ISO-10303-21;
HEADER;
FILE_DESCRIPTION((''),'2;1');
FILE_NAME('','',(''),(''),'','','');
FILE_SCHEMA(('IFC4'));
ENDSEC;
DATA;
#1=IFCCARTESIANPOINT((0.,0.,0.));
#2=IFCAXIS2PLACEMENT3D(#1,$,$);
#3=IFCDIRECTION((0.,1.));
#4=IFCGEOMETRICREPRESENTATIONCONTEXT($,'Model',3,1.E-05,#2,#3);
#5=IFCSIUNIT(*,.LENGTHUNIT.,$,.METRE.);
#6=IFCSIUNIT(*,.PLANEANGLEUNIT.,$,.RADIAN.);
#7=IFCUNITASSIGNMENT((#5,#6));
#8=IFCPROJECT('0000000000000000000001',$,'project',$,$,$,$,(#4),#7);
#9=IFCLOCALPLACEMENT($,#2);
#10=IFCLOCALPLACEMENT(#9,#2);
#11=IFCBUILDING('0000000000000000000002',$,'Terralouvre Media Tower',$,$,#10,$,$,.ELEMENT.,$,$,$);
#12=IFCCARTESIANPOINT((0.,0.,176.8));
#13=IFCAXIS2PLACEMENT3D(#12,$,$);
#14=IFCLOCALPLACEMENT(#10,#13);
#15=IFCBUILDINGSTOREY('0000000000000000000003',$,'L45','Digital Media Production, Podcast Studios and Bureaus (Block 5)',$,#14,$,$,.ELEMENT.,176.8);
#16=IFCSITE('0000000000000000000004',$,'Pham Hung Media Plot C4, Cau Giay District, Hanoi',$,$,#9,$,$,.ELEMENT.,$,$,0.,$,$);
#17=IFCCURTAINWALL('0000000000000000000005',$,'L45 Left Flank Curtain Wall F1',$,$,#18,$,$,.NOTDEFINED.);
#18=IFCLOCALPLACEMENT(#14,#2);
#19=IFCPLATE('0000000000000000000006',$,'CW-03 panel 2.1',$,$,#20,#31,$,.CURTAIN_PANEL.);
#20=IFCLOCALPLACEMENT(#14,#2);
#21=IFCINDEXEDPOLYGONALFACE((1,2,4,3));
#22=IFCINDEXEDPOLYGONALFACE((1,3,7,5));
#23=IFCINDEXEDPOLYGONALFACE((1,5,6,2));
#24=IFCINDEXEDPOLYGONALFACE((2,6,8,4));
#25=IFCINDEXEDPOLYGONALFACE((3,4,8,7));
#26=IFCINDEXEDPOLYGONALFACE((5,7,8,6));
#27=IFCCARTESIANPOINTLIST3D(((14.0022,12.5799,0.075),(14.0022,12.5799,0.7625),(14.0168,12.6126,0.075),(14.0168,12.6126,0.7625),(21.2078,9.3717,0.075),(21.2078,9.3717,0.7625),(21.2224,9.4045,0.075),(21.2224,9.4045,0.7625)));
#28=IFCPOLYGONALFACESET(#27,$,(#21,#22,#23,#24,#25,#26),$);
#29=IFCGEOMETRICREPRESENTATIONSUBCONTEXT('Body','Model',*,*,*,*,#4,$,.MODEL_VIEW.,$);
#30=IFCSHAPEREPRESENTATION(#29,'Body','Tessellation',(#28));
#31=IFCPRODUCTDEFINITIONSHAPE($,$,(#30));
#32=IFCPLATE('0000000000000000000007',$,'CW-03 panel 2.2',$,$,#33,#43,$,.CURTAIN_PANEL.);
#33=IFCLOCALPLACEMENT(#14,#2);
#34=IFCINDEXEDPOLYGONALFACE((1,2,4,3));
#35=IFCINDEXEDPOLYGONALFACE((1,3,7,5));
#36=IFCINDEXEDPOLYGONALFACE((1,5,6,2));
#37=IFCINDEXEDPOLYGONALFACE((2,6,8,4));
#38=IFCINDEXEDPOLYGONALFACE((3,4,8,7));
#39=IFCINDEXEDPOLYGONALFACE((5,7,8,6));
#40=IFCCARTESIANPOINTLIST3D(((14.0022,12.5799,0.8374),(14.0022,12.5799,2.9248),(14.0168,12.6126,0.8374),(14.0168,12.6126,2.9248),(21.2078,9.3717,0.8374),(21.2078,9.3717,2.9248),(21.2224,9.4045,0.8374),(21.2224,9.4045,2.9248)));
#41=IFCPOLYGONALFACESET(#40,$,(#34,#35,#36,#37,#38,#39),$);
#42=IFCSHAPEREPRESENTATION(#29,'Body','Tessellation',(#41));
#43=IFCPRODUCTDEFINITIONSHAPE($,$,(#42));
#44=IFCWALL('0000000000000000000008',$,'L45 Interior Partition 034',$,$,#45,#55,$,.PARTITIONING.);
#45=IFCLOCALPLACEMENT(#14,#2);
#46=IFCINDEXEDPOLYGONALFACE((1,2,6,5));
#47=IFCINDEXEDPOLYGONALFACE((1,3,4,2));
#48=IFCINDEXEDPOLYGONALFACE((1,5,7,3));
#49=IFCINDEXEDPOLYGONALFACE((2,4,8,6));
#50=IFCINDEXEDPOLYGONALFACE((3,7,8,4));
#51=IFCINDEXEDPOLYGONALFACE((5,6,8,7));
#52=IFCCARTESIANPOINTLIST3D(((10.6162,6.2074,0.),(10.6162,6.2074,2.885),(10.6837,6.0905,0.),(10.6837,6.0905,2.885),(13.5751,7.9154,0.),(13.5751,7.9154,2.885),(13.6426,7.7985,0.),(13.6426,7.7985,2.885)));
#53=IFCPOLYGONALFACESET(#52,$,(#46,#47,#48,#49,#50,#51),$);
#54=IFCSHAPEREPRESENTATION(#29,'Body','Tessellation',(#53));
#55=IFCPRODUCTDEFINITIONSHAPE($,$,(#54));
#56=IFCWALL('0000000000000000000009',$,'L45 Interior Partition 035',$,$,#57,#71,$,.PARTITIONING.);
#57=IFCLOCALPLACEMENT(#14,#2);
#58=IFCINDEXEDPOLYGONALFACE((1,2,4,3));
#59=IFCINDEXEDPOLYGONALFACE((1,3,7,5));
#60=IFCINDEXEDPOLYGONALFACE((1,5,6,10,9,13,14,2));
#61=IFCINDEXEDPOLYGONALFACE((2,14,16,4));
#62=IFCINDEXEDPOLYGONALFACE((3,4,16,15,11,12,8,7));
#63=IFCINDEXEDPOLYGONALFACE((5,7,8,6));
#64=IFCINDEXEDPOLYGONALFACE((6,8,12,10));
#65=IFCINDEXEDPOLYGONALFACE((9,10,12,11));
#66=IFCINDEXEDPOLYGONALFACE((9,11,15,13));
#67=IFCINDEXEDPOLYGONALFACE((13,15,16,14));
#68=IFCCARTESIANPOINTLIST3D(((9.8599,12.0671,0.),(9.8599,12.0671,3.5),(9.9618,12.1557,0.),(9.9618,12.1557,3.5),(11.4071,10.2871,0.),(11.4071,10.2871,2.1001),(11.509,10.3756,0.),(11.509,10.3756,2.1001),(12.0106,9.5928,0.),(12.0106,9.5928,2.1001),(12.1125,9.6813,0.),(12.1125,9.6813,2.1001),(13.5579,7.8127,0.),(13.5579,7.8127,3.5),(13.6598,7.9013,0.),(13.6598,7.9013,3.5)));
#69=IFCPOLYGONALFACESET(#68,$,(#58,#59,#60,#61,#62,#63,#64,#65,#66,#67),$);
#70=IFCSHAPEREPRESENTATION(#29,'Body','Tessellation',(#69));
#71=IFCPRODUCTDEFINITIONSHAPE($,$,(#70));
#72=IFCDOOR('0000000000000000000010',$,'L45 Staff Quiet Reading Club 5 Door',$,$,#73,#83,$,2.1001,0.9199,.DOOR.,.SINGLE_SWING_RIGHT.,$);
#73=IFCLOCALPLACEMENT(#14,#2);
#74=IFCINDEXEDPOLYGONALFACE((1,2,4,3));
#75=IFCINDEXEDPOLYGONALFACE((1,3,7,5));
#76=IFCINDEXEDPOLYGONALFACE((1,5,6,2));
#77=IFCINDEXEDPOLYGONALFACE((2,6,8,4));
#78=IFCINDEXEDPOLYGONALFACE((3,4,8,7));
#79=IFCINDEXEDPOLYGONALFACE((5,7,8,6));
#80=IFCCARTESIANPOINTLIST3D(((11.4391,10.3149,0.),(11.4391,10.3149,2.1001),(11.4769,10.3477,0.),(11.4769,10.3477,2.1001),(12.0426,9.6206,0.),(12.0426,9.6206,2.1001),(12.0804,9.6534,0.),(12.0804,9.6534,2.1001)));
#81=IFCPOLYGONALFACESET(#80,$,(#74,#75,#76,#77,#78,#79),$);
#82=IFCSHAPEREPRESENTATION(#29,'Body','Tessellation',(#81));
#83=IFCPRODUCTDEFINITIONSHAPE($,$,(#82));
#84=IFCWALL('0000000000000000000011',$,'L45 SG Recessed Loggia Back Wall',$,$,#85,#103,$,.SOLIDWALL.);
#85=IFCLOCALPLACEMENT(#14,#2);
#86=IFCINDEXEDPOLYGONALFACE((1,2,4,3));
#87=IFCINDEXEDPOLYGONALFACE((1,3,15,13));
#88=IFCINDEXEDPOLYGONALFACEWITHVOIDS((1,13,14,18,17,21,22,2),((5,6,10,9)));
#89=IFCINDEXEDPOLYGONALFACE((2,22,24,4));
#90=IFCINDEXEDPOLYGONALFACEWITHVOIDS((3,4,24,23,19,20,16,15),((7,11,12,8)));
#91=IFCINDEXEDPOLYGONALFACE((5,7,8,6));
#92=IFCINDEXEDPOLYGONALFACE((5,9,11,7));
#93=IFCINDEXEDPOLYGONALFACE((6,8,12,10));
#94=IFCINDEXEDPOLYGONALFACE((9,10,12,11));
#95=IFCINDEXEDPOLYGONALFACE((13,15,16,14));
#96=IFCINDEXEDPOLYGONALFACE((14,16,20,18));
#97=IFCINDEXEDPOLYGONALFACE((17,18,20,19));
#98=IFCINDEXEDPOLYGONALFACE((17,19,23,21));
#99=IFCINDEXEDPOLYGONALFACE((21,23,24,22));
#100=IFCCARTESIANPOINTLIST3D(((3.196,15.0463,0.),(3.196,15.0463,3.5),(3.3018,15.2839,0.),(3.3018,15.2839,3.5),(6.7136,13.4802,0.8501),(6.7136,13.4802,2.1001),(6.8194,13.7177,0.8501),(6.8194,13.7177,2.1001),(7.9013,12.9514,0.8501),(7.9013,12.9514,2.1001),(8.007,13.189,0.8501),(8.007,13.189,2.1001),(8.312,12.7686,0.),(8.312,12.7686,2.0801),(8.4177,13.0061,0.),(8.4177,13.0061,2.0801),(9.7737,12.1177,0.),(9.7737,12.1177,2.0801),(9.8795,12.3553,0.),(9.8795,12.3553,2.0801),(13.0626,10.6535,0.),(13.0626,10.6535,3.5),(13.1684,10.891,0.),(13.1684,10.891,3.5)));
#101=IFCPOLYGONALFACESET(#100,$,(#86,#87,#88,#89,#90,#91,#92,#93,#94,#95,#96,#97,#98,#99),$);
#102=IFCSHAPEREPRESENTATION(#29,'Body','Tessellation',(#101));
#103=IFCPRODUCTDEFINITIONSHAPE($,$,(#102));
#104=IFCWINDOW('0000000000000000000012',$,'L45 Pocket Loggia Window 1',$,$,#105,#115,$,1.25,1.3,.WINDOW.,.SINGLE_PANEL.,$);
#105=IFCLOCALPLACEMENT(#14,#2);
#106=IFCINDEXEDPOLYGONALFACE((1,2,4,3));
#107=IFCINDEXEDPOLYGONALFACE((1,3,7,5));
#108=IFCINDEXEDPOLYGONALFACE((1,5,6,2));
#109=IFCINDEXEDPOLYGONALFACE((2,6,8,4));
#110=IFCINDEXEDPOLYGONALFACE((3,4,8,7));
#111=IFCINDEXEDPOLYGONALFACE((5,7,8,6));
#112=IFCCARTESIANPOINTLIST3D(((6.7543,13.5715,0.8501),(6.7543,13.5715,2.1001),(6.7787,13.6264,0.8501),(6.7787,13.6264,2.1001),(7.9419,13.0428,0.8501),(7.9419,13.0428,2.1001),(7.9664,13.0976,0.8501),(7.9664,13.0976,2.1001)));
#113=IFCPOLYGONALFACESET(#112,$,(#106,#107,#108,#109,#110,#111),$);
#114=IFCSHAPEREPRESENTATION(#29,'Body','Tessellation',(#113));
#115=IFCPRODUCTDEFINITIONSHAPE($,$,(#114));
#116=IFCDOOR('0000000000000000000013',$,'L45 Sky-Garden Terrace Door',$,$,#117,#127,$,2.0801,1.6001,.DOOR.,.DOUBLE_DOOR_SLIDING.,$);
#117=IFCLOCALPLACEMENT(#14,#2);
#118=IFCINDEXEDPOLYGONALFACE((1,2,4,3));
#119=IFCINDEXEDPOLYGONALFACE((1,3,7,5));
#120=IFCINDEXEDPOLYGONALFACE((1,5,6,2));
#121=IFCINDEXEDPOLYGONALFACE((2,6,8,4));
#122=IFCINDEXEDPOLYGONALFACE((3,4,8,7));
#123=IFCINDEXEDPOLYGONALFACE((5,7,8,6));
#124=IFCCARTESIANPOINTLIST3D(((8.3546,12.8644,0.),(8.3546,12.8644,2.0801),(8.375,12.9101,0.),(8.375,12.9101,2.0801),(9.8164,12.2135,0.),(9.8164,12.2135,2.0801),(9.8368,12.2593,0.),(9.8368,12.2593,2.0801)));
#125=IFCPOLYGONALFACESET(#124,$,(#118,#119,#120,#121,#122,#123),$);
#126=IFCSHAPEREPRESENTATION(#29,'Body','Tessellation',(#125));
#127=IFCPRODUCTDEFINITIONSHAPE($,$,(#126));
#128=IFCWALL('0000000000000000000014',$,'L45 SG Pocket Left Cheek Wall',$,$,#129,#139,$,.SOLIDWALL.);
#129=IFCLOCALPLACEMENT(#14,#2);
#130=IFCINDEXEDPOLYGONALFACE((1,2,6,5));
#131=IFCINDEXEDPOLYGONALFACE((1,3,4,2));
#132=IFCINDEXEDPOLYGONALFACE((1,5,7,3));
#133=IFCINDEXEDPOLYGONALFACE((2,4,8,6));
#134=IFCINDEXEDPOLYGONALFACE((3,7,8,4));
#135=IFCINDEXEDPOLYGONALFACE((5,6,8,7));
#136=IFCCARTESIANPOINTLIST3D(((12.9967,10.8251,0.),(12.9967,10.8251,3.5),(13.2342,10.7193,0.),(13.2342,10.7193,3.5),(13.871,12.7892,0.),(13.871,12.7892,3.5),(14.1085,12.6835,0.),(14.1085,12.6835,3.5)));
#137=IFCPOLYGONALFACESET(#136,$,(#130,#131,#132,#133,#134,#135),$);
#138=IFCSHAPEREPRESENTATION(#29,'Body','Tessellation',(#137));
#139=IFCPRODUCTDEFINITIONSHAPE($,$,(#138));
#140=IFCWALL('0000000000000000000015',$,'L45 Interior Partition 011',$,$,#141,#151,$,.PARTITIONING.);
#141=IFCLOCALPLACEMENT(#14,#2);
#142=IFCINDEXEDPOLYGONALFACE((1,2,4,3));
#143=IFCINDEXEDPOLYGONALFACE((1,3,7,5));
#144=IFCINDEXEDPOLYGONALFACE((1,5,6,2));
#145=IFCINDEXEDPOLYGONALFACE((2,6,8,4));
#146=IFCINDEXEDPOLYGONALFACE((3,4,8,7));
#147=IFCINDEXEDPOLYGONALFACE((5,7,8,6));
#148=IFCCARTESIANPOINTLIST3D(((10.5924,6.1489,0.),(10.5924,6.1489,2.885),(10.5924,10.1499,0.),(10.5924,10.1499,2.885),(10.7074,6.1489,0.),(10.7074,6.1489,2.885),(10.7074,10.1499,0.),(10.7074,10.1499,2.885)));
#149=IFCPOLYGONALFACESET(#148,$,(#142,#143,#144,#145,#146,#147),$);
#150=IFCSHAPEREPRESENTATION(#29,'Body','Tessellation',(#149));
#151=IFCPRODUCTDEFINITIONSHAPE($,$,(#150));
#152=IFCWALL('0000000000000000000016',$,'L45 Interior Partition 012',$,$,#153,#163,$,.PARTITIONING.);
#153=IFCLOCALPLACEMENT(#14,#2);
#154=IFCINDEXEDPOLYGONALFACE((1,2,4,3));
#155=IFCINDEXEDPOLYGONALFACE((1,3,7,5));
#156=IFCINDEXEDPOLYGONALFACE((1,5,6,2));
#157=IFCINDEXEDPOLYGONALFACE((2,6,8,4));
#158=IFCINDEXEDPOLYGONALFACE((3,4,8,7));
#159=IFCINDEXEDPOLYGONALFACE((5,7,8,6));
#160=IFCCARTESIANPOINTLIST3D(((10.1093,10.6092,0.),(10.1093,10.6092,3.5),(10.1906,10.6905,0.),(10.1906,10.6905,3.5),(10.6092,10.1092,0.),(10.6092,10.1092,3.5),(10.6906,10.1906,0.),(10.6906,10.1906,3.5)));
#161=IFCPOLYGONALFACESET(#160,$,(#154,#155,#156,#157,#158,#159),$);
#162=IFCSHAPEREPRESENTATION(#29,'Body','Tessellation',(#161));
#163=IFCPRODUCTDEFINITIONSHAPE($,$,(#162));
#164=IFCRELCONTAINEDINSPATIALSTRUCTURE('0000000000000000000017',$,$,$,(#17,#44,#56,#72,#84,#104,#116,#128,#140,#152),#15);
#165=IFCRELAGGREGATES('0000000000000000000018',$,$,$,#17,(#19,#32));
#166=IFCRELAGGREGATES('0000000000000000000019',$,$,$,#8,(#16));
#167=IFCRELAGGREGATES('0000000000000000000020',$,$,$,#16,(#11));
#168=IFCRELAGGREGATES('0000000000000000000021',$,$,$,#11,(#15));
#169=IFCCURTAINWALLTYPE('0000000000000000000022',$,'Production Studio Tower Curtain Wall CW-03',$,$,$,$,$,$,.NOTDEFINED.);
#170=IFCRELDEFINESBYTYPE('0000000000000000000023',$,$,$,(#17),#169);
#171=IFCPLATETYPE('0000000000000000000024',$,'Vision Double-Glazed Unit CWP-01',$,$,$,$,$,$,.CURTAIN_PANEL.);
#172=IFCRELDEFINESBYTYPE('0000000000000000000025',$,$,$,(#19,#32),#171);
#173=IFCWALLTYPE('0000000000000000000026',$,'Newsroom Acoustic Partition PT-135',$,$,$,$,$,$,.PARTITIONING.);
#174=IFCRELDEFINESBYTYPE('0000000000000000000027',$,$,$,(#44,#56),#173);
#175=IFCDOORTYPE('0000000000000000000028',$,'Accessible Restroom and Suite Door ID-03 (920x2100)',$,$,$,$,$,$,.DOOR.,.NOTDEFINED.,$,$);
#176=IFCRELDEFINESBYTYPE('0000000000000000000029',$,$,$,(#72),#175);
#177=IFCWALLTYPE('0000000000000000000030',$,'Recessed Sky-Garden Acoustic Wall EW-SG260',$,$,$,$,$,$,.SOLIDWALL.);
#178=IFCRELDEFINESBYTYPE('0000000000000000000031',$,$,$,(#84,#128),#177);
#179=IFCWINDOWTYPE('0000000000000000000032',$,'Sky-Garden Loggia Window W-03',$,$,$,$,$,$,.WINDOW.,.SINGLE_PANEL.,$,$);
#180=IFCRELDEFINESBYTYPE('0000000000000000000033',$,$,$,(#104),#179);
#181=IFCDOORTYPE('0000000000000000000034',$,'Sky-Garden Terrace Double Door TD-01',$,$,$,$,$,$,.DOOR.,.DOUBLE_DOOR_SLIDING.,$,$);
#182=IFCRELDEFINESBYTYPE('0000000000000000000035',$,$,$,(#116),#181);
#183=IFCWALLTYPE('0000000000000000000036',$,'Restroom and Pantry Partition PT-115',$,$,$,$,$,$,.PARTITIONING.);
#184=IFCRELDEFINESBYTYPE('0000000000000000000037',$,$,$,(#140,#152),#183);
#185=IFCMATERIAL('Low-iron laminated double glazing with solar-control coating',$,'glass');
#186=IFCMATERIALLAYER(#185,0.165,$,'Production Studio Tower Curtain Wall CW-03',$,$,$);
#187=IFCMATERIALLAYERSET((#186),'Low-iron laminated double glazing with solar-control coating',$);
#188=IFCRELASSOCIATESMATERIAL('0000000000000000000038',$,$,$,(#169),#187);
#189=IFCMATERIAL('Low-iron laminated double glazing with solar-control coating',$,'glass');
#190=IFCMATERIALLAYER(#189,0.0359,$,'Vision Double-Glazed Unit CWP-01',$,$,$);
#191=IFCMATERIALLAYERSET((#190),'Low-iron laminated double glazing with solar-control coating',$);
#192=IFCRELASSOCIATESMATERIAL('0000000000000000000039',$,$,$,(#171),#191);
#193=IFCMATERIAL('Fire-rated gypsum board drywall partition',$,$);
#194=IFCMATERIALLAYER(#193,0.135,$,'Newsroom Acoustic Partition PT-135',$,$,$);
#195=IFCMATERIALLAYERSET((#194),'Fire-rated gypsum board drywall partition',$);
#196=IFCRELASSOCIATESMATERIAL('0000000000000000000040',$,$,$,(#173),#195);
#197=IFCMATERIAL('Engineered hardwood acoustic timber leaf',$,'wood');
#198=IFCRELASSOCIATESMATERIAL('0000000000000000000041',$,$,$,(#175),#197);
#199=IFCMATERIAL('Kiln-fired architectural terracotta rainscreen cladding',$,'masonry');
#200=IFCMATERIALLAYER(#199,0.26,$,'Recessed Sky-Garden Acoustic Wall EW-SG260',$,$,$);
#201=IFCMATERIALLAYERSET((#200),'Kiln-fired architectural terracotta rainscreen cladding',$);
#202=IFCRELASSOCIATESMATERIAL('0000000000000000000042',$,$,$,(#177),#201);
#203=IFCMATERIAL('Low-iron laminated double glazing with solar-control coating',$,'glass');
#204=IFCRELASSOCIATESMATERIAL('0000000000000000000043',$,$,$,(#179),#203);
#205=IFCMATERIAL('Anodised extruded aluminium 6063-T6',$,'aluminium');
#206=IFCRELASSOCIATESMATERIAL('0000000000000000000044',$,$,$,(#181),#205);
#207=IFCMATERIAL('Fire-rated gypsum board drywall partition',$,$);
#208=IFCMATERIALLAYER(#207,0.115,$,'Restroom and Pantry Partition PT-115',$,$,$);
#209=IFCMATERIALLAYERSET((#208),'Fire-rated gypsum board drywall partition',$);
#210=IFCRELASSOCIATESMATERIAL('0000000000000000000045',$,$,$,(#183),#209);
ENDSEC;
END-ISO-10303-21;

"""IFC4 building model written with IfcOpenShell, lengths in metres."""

from ifc_helpers import new_model, si_unit, direction, frame, frame_2d, origin, origin_2d, place, context, subcontext, project, spatial, rectangle, extrude, material, layer, layer_set, type_object, element, fill, aggregate, save


model = new_model("IFC4")

# Units and contexts
model_context = context("Model", 3, precision=1e-05, world=origin(), true_north=direction((0.0, 1.0)))
body_context = subcontext(model_context, "Body", "Model", "MODEL_VIEW")
ifc_project = project(units=[si_unit("LENGTHUNIT", "METRE"), si_unit("PLANEANGLEUNIT", "RADIAN")], contexts=[model_context])

# Site, building, storey
site_placement = place(None, origin())
site = spatial("IfcSite", under=ifc_project, at=site_placement, Name="Pham Hung Media Plot C4, Cau Giay District, Hanoi", CompositionType="ELEMENT", RefElevation=0.0)
building_placement = place(site_placement, origin())
building = spatial("IfcBuilding", under=site, at=building_placement, Name="Terralouvre Media Tower", CompositionType="ELEMENT")
storey_placement = place(building_placement, frame((0.0, 0.0, 176.8)))
storey = spatial("IfcBuildingStorey", under=building, at=storey_placement, Name="L45", Description="Digital Media Production, Podcast Studios and Bureaus (Block 5)", CompositionType="ELEMENT", Elevation=176.8)

# Curtain wall
ifc_material_1 = material(Name="Low-iron laminated double glazing with solar-control coating", Category="glass")
ifc_layer_1 = layer(ifc_material_1, 0.165, Name="Production Studio Tower Curtain Wall CW-03")
ifc_layer_set_1 = layer_set([ifc_layer_1], Name="Low-iron laminated double glazing with solar-control coating")
curtain_wall_type = type_object("IfcCurtainWallType", Name="Production Studio Tower Curtain Wall CW-03", PredefinedType="NOTDEFINED", material=ifc_layer_set_1)
curtain_wall_placement = place(storey_placement, origin())
curtain_wall = element("IfcCurtainWall", 1, at=curtain_wall_placement, inside=storey, type_object=curtain_wall_type, Name="L45 Left Flank Curtain Wall F1", PredefinedType="NOTDEFINED")

# Plates
ifc_material_2 = material(Name="Low-iron laminated double glazing with solar-control coating", Category="glass")
ifc_layer_2 = layer(ifc_material_2, 0.0359, Name="Vision Double-Glazed Unit CWP-01")
ifc_layer_set_2 = layer_set([ifc_layer_2], Name="Low-iron laminated double glazing with solar-control coating")
plate_type = type_object("IfcPlateType", Name="Vision Double-Glazed Unit CWP-01", PredefinedType="CURTAIN_PANEL", material=ifc_layer_set_2)
plate_1_placement = place(storey_placement, frame((17.6123, 10.9922, 0.075), z_axis=(0.0, 0.0, 1.0), x_axis=(-0.913545, 0.406737, 0.0)))
plate_1 = element("IfcPlate", 2, at=plate_1_placement, type_object=plate_type, Name="CW-03 panel 2.1", PredefinedType="CURTAIN_PANEL", context=body_context, shape_type="SweptSolid", body=[
    extrude(rectangle(XDim=7.8875, YDim=0.0359, at=origin_2d()), origin(), (0.0, 0.0, 1.0), 0.6875),
])
plate_2_placement = place(storey_placement, frame((17.6123, 10.9922, 0.8374), z_axis=(0.0, 0.0, 1.0), x_axis=(-0.913545, 0.406737, 0.0)))
plate_2 = element("IfcPlate", 3, at=plate_2_placement, type_object=plate_type, Name="CW-03 panel 2.2", PredefinedType="CURTAIN_PANEL", context=body_context, shape_type="SweptSolid", body=[
    extrude(rectangle(XDim=7.8875, YDim=0.0359, at=origin_2d()), origin(), (0.0, 0.0, 1.0), 2.0874),
])
aggregate(curtain_wall, [plate_1, plate_2])

# Wall
ifc_material_3 = material(Name="Fire-rated gypsum board drywall partition")
ifc_layer_3 = layer(ifc_material_3, 0.135, Name="Newsroom Acoustic Partition PT-135")
ifc_layer_set_3 = layer_set([ifc_layer_3], Name="Fire-rated gypsum board drywall partition")
wall_type_1 = type_object("IfcWallType", Name="Newsroom Acoustic Partition PT-135", PredefinedType="PARTITIONING", material=ifc_layer_set_3)
wall_1_placement = place(storey_placement, frame((13.6089, 7.8569, 0.0), z_axis=(0.0, 0.0, 1.0), x_axis=(-0.866071, -0.49992, 0.0)))
element("IfcWall", 4, at=wall_1_placement, inside=storey, type_object=wall_type_1, Name="L45 Interior Partition 034", PredefinedType="PARTITIONING", context=body_context, shape_type="SweptSolid", body=[
    extrude(rectangle(XDim=3.4165, YDim=0.135, at=frame_2d((1.7083, 0.0))), origin(), (0.0, 0.0, 1.0), 2.885),
])

# Wall, opening, door
wall_2_placement = place(storey_placement, frame((9.9109, 12.1113, 0.0), z_axis=(0.0, 0.0, 1.0), x_axis=(0.65603, -0.754735, 0.0)))
wall_2 = element("IfcWall", 5, at=wall_2_placement, inside=storey, type_object=wall_type_1, Name="L45 Interior Partition 035", PredefinedType="PARTITIONING", context=body_context, shape_type="SweptSolid", body=[
    extrude(rectangle(XDim=5.637, YDim=0.135, at=frame_2d((2.8184, 0.0))), origin(), (0.0, 0.0, 1.0), 3.5),
])
opening_1_placement = place(wall_2_placement, frame((2.3584, 0.0, 0.0)))
opening_1 = element("IfcOpeningElement", 6, at=opening_1_placement, cuts=wall_2, PredefinedType="OPENING", context=body_context, shape_type="SweptSolid", body=[
    extrude(rectangle(XDim=0.9199, YDim=2.1001, at=frame_2d((0.46, 1.05))), frame((0.0, 0.0774, 0.0), z_axis=(0.0, -1.0, 0.0), x_axis=(1.0, 0.0, 0.0)), (0.0, 0.0, 1.0), 0.155),
])
ifc_material_4 = material(Name="Engineered hardwood acoustic timber leaf", Category="wood")
door_type_1 = type_object("IfcDoorType", Name="Accessible Restroom and Suite Door ID-03 (920x2100)", OperationType="NOTDEFINED", PredefinedType="DOOR", material=ifc_material_4)
door_1_placement = place(opening_1_placement, origin())
door_1 = element("IfcDoor", 7, at=door_1_placement, inside=storey, type_object=door_type_1, Name="L45 Staff Quiet Reading Club 5 Door", OperationType="SINGLE_SWING_RIGHT", OverallHeight=2.1001, OverallWidth=0.9199, PredefinedType="DOOR", context=body_context, shape_type="SweptSolid", body=[
    extrude(rectangle(XDim=0.9199, YDim=2.1001, at=frame_2d((0.46, 1.05))), frame((0.0, 0.0249, 0.0), z_axis=(0.0, -1.0, 0.0), x_axis=(1.0, 0.0, 0.0)), (0.0, 0.0, 1.0), 0.05),
])
fill(opening_1, door_1)

# Wall, openings, window, door
ifc_material_5 = material(Name="Kiln-fired architectural terracotta rainscreen cladding", Category="masonry")
ifc_layer_4 = layer(ifc_material_5, 0.26, Name="Recessed Sky-Garden Acoustic Wall EW-SG260")
ifc_layer_set_4 = layer_set([ifc_layer_4], Name="Kiln-fired architectural terracotta rainscreen cladding")
wall_type_2 = type_object("IfcWallType", Name="Recessed Sky-Garden Acoustic Wall EW-SG260", PredefinedType="SOLIDWALL", material=ifc_layer_set_4)
wall_3_placement = place(storey_placement, frame((13.1155, 10.7722, 0.0), z_axis=(0.0, 0.0, 1.0), x_axis=(-0.913546, 0.406736, 0.0)))
wall_3 = element("IfcWall", 8, at=wall_3_placement, inside=storey, type_object=wall_type_2, Name="L45 SG Recessed Loggia Back Wall", PredefinedType="SOLIDWALL", context=body_context, shape_type="SweptSolid", body=[
    extrude(rectangle(XDim=10.8003, YDim=0.26, at=frame_2d((5.4001, 0.0))), origin(), (0.0, 0.0, 1.0), 3.5),
])
opening_2_placement = place(wall_3_placement, frame((3.6001, 0.0, 0.0)))
opening_2 = element("IfcOpeningElement", 9, at=opening_2_placement, cuts=wall_3, PredefinedType="OPENING", context=body_context, shape_type="SweptSolid", body=[
    extrude(rectangle(XDim=1.6001, YDim=2.0801, at=frame_2d((0.8, 1.04))), frame((0.0, 0.1399, 0.0), z_axis=(0.0, -1.0, 0.0), x_axis=(1.0, 0.0, 0.0)), (0.0, 0.0, 1.0), 0.28),
])
opening_3_placement = place(wall_3_placement, frame((5.6499, 0.0, 0.8501)))
opening_3 = element("IfcOpeningElement", 10, at=opening_3_placement, cuts=wall_3, PredefinedType="OPENING", context=body_context, shape_type="SweptSolid", body=[
    extrude(rectangle(XDim=1.3, YDim=1.25, at=frame_2d((0.6499, 0.625))), frame((0.0, 0.1399, 0.0), z_axis=(0.0, -1.0, 0.0), x_axis=(1.0, 0.0, 0.0)), (0.0, 0.0, 1.0), 0.28),
])
ifc_material_6 = material(Name="Low-iron laminated double glazing with solar-control coating", Category="glass")
window_type = type_object("IfcWindowType", Name="Sky-Garden Loggia Window W-03", PartitioningType="SINGLE_PANEL", PredefinedType="WINDOW", material=ifc_material_6)
window_placement = place(opening_3_placement, origin())
window = element("IfcWindow", 11, at=window_placement, inside=storey, type_object=window_type, Name="L45 Pocket Loggia Window 1", OverallHeight=1.25, OverallWidth=1.3, PartitioningType="SINGLE_PANEL", PredefinedType="WINDOW", context=body_context, shape_type="SweptSolid", body=[
    extrude(rectangle(XDim=1.3, YDim=1.25, at=frame_2d((0.6499, 0.625))), frame((0.0, 0.03, 0.0), z_axis=(0.0, -1.0, 0.0), x_axis=(1.0, 0.0, 0.0)), (0.0, 0.0, 1.0), 0.0601),
])
fill(opening_3, window)
ifc_material_7 = material(Name="Anodised extruded aluminium 6063-T6", Category="aluminium")
door_type_2 = type_object("IfcDoorType", Name="Sky-Garden Terrace Double Door TD-01", OperationType="DOUBLE_DOOR_SLIDING", PredefinedType="DOOR", material=ifc_material_7)
door_2_placement = place(opening_2_placement, frame((1.6001, 0.0, 0.0), z_axis=(0.0, 0.0, 1.0), x_axis=(-1.0, 0.0, 0.0)))
door_2 = element("IfcDoor", 12, at=door_2_placement, inside=storey, type_object=door_type_2, Name="L45 Sky-Garden Terrace Door", OperationType="DOUBLE_DOOR_SLIDING", OverallHeight=2.0801, OverallWidth=1.6001, PredefinedType="DOOR", context=body_context, shape_type="SweptSolid", body=[
    extrude(rectangle(XDim=1.6001, YDim=2.0801, at=frame_2d((0.8, 1.04))), frame((0.0, 0.0249, 0.0), z_axis=(0.0, -1.0, 0.0), x_axis=(1.0, 0.0, 0.0)), (0.0, 0.0, 1.0), 0.05),
])
fill(opening_2, door_2)

# Walls
wall_4_placement = place(storey_placement, frame((13.9897, 12.7363, 0.0), z_axis=(0.0, 0.0, 1.0), x_axis=(-0.406655, -0.913582, 0.0)))
element("IfcWall", 13, at=wall_4_placement, inside=storey, type_object=wall_type_2, Name="L45 SG Pocket Left Cheek Wall", PredefinedType="SOLIDWALL", context=body_context, shape_type="SweptSolid", body=[
    extrude(rectangle(XDim=2.1499, YDim=0.26, at=frame_2d((1.075, 0.0))), origin(), (0.0, 0.0, 1.0), 3.5),
])
ifc_material_8 = material(Name="Fire-rated gypsum board drywall partition")
ifc_layer_5 = layer(ifc_material_8, 0.115, Name="Restroom and Pantry Partition PT-115")
ifc_layer_set_5 = layer_set([ifc_layer_5], Name="Fire-rated gypsum board drywall partition")
wall_type_3 = type_object("IfcWallType", Name="Restroom and Pantry Partition PT-115", PredefinedType="PARTITIONING", material=ifc_layer_set_5)
wall_5_placement = place(storey_placement, frame((10.6499, 6.1489, 0.0), z_axis=(0.0, 0.0, 1.0), x_axis=(0.0, 1.0, 0.0)))
element("IfcWall", 14, at=wall_5_placement, inside=storey, type_object=wall_type_3, Name="L45 Interior Partition 011", PredefinedType="PARTITIONING", context=body_context, shape_type="SweptSolid", body=[
    extrude(rectangle(XDim=4.001, YDim=0.115, at=frame_2d((2.0005, 0.0))), origin(), (0.0, 0.0, 1.0), 2.885),
])
wall_6_placement = place(storey_placement, frame((10.6499, 10.1499, 0.0), z_axis=(0.0, 0.0, 1.0), x_axis=(-0.707107, 0.707107, 0.0)))
element("IfcWall", 15, at=wall_6_placement, inside=storey, type_object=wall_type_3, Name="L45 Interior Partition 012", PredefinedType="PARTITIONING", context=body_context, shape_type="SweptSolid", body=[
    extrude(rectangle(XDim=0.707, YDim=0.115, at=frame_2d((0.3535, 0.0))), origin(), (0.0, 0.0, 1.0), 3.5),
])

save(model, "model.ifc")
